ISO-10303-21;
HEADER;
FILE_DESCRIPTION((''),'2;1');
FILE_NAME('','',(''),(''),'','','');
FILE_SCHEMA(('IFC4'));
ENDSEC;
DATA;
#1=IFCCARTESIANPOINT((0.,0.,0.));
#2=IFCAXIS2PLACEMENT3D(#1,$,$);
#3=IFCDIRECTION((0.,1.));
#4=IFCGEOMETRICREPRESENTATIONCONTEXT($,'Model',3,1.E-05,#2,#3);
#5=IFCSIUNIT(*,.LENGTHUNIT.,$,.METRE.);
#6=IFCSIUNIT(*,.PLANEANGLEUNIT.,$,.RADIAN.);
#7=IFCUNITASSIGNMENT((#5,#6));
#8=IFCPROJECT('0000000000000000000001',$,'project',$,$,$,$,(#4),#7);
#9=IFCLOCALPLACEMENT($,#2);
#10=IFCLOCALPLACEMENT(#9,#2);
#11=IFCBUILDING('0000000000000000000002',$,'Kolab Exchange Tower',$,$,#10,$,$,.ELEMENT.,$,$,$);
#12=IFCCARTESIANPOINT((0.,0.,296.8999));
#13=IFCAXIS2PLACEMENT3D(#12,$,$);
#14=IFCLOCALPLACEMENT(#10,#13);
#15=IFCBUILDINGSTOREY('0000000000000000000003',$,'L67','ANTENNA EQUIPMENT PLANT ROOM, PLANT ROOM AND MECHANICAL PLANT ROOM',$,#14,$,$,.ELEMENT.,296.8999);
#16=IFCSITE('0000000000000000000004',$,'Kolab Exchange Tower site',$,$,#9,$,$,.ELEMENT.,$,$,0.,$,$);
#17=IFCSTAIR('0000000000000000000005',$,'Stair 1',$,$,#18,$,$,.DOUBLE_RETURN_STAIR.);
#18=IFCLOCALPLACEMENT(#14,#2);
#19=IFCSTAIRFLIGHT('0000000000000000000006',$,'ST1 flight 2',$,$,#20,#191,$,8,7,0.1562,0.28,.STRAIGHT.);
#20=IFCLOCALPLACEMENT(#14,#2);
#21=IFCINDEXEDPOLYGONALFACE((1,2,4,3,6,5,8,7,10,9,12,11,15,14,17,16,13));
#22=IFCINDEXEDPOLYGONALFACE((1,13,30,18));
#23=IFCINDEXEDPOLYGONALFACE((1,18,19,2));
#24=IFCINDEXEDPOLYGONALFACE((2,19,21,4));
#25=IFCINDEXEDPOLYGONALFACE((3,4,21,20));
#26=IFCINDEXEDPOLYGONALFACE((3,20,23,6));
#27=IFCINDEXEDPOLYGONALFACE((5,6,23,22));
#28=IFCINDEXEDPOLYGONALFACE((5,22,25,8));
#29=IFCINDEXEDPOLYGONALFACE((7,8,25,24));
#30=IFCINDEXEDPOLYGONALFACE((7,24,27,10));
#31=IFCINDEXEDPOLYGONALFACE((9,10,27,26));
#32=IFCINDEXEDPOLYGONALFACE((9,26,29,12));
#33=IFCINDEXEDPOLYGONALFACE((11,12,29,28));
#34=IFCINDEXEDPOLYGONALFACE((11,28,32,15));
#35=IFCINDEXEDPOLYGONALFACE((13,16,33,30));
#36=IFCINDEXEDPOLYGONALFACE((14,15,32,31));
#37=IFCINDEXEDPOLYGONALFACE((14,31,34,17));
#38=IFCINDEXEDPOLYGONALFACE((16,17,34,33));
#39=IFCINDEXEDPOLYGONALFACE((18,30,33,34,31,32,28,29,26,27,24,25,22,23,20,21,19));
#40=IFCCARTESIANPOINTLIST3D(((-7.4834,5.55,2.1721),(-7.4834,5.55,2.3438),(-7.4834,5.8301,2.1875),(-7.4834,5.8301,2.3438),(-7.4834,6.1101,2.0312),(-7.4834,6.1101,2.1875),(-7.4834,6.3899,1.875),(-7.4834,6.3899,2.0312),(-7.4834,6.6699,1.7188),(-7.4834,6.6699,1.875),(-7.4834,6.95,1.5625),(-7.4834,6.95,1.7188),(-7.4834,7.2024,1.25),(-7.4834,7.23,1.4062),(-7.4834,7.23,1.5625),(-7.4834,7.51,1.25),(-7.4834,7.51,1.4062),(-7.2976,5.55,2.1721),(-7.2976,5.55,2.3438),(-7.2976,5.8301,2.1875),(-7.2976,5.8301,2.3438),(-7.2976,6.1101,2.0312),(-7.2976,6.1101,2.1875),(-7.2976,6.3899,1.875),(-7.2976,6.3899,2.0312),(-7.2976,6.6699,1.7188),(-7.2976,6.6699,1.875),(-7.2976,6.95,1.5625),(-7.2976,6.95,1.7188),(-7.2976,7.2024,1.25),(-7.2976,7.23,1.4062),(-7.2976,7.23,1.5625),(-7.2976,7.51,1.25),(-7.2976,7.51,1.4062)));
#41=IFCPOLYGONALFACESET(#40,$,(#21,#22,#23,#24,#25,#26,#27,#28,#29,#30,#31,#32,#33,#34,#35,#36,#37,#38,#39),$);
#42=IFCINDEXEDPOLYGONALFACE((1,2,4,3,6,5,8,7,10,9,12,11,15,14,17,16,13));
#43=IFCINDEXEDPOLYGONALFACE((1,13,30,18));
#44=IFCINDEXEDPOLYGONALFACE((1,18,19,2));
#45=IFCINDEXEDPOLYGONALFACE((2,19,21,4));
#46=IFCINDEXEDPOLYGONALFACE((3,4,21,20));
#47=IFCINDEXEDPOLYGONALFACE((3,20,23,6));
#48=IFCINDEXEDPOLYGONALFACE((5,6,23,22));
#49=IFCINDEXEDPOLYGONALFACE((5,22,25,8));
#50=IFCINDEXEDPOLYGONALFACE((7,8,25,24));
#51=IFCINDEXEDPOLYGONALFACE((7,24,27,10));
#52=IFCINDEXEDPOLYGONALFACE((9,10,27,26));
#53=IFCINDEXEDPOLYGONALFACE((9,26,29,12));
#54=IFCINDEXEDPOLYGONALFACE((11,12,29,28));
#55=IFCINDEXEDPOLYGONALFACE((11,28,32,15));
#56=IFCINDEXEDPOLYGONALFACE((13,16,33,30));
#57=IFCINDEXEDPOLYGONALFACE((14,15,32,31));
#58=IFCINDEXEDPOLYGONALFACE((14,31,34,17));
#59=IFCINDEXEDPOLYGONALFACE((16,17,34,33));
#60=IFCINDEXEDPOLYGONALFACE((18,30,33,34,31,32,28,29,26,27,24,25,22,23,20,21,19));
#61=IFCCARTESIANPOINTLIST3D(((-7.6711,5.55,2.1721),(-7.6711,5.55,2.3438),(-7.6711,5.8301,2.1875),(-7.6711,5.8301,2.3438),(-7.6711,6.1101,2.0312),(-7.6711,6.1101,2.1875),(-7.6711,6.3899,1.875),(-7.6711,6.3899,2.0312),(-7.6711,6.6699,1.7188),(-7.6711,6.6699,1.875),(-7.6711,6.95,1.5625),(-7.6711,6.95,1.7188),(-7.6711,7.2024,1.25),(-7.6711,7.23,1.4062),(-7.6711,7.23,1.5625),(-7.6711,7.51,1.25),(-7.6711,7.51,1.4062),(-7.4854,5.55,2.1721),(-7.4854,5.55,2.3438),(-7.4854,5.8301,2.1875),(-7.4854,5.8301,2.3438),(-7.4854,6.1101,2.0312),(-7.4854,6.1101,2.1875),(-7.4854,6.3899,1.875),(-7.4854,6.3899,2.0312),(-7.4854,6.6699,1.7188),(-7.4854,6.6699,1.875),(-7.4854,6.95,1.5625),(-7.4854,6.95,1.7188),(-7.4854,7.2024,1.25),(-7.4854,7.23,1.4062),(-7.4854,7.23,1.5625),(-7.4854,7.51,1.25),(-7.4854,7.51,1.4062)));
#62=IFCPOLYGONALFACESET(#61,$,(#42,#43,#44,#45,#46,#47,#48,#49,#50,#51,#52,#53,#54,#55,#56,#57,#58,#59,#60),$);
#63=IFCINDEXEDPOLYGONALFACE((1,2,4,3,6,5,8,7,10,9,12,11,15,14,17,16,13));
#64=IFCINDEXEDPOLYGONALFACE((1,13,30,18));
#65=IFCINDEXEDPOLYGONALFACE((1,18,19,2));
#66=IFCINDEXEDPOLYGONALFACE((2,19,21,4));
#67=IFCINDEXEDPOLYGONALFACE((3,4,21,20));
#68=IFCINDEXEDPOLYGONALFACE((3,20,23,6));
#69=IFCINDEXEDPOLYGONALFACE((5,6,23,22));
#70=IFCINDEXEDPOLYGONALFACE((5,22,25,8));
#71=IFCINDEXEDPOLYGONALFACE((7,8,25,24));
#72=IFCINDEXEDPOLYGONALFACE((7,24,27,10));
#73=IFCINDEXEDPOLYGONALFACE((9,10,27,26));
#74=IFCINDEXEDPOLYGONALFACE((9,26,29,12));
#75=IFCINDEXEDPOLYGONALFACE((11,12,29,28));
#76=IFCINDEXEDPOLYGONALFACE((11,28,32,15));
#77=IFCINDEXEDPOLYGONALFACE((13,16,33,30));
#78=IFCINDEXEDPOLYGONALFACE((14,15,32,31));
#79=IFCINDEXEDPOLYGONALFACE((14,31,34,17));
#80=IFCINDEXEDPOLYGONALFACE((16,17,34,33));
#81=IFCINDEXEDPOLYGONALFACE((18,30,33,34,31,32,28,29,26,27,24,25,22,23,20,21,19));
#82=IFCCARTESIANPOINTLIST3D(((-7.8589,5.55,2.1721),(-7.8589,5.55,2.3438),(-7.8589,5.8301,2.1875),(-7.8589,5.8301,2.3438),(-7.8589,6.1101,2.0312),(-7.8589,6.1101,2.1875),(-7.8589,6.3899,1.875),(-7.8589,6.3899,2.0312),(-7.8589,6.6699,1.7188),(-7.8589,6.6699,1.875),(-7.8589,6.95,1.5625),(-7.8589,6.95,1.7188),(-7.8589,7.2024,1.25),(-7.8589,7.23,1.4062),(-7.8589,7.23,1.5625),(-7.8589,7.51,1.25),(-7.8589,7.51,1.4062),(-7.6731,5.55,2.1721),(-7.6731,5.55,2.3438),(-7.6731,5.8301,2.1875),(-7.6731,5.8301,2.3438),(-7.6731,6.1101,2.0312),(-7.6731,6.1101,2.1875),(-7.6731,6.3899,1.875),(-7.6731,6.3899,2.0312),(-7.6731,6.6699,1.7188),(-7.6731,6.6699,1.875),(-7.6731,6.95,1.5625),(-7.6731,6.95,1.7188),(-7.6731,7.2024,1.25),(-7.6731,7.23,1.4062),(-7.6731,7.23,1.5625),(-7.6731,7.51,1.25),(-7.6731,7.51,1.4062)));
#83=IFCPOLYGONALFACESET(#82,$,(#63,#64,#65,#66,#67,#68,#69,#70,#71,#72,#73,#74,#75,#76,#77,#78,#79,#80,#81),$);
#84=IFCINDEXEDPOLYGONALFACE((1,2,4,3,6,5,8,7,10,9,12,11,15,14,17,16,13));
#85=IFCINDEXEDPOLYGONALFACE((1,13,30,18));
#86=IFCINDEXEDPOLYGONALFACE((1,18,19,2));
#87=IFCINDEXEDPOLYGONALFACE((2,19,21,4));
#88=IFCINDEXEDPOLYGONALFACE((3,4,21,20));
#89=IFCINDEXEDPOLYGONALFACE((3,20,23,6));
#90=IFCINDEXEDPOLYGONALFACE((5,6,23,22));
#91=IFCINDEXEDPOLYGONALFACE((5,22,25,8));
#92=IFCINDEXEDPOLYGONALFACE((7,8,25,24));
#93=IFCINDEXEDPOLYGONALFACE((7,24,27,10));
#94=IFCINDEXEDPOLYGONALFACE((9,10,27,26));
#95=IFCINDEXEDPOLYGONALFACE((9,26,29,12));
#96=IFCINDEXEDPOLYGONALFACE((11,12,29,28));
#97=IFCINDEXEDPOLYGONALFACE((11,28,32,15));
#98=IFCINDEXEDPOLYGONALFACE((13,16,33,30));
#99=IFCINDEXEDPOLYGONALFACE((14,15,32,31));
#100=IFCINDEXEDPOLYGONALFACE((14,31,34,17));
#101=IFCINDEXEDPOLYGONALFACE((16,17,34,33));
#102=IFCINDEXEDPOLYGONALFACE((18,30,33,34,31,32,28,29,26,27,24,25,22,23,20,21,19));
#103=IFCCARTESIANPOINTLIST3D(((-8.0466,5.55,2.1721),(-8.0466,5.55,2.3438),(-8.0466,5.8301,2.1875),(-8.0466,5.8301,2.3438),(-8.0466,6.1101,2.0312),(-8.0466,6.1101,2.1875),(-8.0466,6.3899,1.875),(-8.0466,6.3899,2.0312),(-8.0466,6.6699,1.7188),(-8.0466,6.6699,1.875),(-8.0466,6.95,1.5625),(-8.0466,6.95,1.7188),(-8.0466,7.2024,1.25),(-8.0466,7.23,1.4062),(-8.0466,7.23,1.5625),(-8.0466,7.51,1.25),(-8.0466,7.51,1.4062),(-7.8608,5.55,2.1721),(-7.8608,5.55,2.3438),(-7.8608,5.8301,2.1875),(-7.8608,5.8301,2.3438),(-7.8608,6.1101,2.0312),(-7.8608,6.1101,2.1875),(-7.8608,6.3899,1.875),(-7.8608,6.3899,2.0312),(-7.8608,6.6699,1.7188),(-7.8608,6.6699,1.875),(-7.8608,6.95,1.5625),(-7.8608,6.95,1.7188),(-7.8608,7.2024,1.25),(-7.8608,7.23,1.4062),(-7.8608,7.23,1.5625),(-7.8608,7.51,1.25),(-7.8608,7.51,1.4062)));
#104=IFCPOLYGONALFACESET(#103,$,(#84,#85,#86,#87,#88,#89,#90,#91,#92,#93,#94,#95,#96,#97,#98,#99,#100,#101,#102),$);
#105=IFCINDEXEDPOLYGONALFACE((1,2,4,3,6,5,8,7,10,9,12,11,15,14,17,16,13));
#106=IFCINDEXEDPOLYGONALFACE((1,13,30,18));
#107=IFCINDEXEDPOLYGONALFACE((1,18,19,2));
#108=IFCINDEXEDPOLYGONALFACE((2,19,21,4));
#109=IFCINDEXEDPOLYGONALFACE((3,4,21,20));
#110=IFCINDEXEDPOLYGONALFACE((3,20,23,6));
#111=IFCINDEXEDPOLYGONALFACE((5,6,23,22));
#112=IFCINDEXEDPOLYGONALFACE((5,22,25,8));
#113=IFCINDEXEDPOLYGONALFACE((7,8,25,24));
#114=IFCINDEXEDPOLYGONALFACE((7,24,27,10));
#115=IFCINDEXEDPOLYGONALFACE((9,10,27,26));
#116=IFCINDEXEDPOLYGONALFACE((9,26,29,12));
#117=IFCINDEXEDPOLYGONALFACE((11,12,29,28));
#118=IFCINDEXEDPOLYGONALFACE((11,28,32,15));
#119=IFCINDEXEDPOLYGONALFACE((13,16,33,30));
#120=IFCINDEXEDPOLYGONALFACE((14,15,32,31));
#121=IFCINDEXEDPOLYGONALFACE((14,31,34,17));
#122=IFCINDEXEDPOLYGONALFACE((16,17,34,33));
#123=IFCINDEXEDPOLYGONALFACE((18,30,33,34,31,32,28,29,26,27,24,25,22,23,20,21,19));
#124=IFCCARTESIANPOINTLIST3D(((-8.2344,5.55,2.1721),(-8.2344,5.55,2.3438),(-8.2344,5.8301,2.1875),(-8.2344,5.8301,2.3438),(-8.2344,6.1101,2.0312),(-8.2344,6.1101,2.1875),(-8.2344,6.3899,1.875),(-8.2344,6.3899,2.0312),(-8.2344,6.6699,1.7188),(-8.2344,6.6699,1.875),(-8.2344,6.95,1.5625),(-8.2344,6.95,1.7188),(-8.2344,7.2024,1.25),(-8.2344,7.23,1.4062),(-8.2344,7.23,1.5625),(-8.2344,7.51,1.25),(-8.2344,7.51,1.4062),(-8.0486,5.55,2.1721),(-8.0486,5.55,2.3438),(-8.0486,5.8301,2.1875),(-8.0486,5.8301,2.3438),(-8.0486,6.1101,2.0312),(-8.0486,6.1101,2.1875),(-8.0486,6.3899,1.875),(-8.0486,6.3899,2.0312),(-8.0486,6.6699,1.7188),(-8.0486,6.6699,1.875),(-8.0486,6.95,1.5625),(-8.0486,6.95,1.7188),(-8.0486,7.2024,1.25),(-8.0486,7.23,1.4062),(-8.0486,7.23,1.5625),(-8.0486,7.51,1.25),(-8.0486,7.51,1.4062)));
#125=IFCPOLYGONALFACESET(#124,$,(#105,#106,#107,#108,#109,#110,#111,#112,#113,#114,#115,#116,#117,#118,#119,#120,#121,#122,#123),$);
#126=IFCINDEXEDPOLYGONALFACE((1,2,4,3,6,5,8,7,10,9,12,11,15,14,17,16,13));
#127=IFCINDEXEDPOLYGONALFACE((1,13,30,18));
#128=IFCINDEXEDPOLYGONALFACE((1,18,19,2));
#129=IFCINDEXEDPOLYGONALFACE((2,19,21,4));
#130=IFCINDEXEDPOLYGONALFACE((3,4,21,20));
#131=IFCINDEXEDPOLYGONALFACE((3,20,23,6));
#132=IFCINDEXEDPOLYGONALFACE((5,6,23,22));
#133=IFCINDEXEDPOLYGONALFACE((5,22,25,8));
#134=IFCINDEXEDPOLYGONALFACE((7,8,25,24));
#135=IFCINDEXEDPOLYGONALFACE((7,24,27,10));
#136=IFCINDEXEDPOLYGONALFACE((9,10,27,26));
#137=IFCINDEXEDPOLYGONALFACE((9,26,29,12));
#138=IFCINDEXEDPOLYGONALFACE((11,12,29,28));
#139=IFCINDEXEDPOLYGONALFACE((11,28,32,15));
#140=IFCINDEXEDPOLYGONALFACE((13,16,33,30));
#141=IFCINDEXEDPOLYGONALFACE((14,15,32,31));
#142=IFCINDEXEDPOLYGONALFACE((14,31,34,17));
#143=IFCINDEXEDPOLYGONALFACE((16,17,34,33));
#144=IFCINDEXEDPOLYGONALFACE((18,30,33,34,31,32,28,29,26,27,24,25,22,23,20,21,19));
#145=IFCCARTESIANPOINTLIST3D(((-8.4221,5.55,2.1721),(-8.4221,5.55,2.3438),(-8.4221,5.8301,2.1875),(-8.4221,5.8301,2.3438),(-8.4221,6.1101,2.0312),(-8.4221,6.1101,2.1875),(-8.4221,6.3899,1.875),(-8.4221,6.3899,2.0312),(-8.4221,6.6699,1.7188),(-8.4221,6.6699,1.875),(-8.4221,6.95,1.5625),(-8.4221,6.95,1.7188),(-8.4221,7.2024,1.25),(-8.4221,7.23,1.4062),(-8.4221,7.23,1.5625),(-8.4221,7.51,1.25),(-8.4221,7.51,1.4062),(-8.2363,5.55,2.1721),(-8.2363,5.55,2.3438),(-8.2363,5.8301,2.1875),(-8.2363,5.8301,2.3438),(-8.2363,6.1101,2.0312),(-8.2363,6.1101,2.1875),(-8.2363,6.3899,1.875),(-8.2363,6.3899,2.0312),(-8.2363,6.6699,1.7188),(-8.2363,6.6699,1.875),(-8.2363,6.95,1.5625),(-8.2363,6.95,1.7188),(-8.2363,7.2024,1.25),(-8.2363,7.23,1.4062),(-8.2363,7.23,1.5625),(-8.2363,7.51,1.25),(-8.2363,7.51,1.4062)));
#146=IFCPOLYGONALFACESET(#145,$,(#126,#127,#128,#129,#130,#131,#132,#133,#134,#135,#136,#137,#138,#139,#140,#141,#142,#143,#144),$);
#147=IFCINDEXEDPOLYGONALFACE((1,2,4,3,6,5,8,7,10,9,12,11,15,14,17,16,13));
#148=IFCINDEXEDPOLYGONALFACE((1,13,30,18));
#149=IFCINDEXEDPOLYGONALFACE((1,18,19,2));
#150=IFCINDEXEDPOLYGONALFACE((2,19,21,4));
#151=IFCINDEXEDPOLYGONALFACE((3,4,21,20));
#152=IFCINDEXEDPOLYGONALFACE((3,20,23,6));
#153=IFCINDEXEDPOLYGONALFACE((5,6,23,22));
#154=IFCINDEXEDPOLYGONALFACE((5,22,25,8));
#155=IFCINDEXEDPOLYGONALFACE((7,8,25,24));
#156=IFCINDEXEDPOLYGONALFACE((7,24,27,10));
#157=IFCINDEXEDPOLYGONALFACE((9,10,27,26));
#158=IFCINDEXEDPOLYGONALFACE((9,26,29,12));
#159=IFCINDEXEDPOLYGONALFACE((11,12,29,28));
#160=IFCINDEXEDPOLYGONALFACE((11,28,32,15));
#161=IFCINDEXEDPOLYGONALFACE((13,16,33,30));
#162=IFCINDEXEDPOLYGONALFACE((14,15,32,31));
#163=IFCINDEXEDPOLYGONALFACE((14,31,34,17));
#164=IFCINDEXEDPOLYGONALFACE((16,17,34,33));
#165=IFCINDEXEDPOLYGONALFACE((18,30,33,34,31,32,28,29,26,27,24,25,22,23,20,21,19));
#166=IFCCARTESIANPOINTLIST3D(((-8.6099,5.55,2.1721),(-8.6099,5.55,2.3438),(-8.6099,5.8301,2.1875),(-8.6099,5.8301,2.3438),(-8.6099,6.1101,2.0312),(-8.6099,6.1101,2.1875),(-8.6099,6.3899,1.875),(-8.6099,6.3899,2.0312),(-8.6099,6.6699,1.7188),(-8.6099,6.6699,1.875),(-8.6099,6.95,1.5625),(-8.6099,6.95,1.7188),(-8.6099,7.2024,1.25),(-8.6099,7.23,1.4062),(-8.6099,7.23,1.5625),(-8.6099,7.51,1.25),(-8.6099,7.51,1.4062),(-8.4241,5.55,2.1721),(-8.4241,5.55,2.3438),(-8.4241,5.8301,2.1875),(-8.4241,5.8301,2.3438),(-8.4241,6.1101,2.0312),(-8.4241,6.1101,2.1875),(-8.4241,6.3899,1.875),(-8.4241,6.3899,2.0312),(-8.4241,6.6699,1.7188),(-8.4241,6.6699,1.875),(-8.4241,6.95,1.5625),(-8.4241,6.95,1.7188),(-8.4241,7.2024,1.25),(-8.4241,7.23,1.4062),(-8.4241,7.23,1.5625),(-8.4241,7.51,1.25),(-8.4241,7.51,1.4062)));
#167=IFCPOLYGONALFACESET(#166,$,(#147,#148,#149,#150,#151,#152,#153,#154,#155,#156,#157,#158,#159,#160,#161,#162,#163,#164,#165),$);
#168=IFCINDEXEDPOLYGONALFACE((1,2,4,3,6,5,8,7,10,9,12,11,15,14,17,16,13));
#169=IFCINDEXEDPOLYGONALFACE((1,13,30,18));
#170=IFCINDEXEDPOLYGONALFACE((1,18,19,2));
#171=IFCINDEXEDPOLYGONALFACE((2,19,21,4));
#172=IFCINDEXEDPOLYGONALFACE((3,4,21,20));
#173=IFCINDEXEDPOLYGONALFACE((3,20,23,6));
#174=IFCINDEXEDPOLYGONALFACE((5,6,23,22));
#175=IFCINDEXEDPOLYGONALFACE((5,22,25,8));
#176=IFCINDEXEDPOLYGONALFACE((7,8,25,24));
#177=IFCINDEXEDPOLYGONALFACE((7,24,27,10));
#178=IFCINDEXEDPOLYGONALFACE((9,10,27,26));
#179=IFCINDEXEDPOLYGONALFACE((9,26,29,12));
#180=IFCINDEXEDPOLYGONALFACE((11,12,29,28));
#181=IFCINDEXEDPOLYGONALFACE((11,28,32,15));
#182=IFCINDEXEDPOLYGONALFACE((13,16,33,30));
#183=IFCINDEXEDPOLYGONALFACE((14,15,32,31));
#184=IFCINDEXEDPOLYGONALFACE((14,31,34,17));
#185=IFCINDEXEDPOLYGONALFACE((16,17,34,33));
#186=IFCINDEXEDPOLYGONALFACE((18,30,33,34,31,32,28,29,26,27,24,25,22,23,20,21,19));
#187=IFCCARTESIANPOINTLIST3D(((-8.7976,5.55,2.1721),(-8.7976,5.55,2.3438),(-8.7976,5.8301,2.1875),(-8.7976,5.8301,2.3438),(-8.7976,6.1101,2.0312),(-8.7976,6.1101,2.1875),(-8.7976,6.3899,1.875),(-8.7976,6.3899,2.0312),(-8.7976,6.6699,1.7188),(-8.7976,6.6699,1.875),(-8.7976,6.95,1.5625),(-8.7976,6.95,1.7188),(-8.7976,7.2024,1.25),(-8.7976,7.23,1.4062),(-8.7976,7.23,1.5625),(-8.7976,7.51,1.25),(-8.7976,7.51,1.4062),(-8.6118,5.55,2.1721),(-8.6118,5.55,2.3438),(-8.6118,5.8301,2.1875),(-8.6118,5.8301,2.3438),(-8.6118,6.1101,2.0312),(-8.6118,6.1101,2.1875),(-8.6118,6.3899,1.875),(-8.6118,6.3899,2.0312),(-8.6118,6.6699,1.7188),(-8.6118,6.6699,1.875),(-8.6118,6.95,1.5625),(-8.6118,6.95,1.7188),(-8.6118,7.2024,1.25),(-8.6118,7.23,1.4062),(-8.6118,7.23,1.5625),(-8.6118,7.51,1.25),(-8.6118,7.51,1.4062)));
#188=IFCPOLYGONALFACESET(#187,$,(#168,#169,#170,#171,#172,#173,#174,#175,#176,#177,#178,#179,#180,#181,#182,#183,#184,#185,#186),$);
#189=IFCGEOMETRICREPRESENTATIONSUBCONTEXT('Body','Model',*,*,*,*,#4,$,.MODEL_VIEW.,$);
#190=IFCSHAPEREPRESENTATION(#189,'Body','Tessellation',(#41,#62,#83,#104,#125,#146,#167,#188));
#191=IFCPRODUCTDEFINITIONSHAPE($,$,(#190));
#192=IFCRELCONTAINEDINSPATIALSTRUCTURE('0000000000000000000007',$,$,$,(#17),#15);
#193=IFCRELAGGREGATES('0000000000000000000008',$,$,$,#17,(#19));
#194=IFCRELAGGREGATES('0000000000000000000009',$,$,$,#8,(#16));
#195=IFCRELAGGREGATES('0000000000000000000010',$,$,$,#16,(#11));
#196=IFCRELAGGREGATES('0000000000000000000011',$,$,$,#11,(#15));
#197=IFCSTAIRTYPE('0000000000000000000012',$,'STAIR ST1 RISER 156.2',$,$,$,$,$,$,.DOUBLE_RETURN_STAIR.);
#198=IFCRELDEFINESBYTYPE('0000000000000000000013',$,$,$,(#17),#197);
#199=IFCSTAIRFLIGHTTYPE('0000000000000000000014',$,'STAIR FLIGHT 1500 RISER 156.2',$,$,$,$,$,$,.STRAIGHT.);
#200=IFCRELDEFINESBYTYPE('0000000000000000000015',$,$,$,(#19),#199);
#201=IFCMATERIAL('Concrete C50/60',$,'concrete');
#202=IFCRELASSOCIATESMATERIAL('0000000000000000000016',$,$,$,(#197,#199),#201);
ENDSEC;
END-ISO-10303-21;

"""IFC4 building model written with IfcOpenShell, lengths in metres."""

from ifc_helpers import new_model, si_unit, direction, frame, origin, place, context, subcontext, project, spatial, polyline, outline, extrude, material, type_object, element, aggregate, save


model = new_model("IFC4")

# Units and contexts
model_context = context("Model", 3, precision=1e-05, world=origin(), true_north=direction((0.0, 1.0)))
body_context = subcontext(model_context, "Body", "Model", "MODEL_VIEW")
ifc_project = project(units=[si_unit("LENGTHUNIT", "METRE"), si_unit("PLANEANGLEUNIT", "RADIAN")], contexts=[model_context])

# Site, building, storey
site_placement = place(None, origin())
site = spatial("IfcSite", under=ifc_project, at=site_placement, Name="Kolab Exchange Tower site", CompositionType="ELEMENT", RefElevation=0.0)
building_placement = place(site_placement, origin())
building = spatial("IfcBuilding", under=site, at=building_placement, Name="Kolab Exchange Tower", CompositionType="ELEMENT")
storey_placement = place(building_placement, frame((0.0, 0.0, 296.8999)))
storey = spatial("IfcBuildingStorey", under=building, at=storey_placement, Name="L67", Description="ANTENNA EQUIPMENT PLANT ROOM, PLANT ROOM AND MECHANICAL PLANT ROOM", CompositionType="ELEMENT", Elevation=296.8999)

# Shared definitions
ifc_material_1 = material(Name="Concrete C50/60", Category="concrete")

# Stair, stair flight
stair_type = type_object("IfcStairType", Name="STAIR ST1 RISER 156.2", PredefinedType="DOUBLE_RETURN_STAIR", material=ifc_material_1)
stair_placement = place(storey_placement, origin())
stair = element("IfcStair", 1, at=stair_placement, inside=storey, type_object=stair_type, Name="Stair 1", PredefinedType="DOUBLE_RETURN_STAIR")
stair_flight_type = type_object("IfcStairFlightType", Name="STAIR FLIGHT 1500 RISER 156.2", PredefinedType="STRAIGHT", material=ifc_material_1)
stair_flight_1_placement = place(storey_placement, frame((-8.0476, 7.51, 1.25), z_axis=(0.0, 0.0, 1.0), x_axis=(0.0, -1.0, 0.0)))
stair_flight_1 = element("IfcStairFlight", 2, at=stair_flight_1_placement, type_object=stair_flight_type, Name="ST1 flight 2", NumberOfRisers=8, NumberOfTreads=7, PredefinedType="STRAIGHT", RiserHeight=0.1562, TreadLength=0.28, context=body_context, shape_type="SweptSolid", body=[
    extrude(outline(polyline([(0.0, 0.0), (0.0, 0.1562), (0.28, 0.1562), (0.28, 0.3125), (0.5601, 0.3125), (0.5601, 0.4688), (0.8401, 0.4688), (0.8401, 0.625), (1.1201, 0.625), (1.1201, 0.7812), (1.3999, 0.7812), (1.3999, 0.9375), (1.6799, 0.9375), (1.6799, 1.0938), (1.96, 1.0938), (1.96, 1.25), (1.96, 0.9221), (0.3076, 0.0), (0.0, 0.0)])), frame((0.0, 0.75, 0.0), z_axis=(0.0, -1.0, 0.0), x_axis=(1.0, 0.0, 0.0)), (0.0, 0.0, 1.0), 0.1858),
    extrude(outline(polyline([(0.0, 0.0), (0.0, 0.1562), (0.28, 0.1562), (0.28, 0.3125), (0.5601, 0.3125), (0.5601, 0.4688), (0.8401, 0.4688), (0.8401, 0.625), (1.1201, 0.625), (1.1201, 0.7812), (1.3999, 0.7812), (1.3999, 0.9375), (1.6799, 0.9375), (1.6799, 1.0938), (1.96, 1.0938), (1.96, 1.25), (1.96, 0.9221), (0.3076, 0.0), (0.0, 0.0)])), frame((0.0, 0.5623, 0.0), z_axis=(0.0, -1.0, 0.0), x_axis=(1.0, 0.0, 0.0)), (0.0, 0.0, 1.0), 0.1858),
    extrude(outline(polyline([(0.0, 0.0), (0.0, 0.1562), (0.28, 0.1562), (0.28, 0.3125), (0.5601, 0.3125), (0.5601, 0.4688), (0.8401, 0.4688), (0.8401, 0.625), (1.1201, 0.625), (1.1201, 0.7812), (1.3999, 0.7812), (1.3999, 0.9375), (1.6799, 0.9375), (1.6799, 1.0938), (1.96, 1.0938), (1.96, 1.25), (1.96, 0.9221), (0.3076, 0.0), (0.0, 0.0)])), frame((0.0, 0.3745, 0.0), z_axis=(0.0, -1.0, 0.0), x_axis=(1.0, 0.0, 0.0)), (0.0, 0.0, 1.0), 0.1858),
    extrude(outline(polyline([(0.0, 0.0), (0.0, 0.1562), (0.28, 0.1562), (0.28, 0.3125), (0.5601, 0.3125), (0.5601, 0.4688), (0.8401, 0.4688), (0.8401, 0.625), (1.1201, 0.625), (1.1201, 0.7812), (1.3999, 0.7812), (1.3999, 0.9375), (1.6799, 0.9375), (1.6799, 1.0938), (1.96, 1.0938), (1.96, 1.25), (1.96, 0.9221), (0.3076, 0.0), (0.0, 0.0)])), frame((0.0, 0.1868, 0.0), z_axis=(0.0, -1.0, 0.0), x_axis=(1.0, 0.0, 0.0)), (0.0, 0.0, 1.0), 0.1858),
    extrude(outline(polyline([(0.0, 0.0), (0.0, 0.1562), (0.28, 0.1562), (0.28, 0.3125), (0.5601, 0.3125), (0.5601, 0.4688), (0.8401, 0.4688), (0.8401, 0.625), (1.1201, 0.625), (1.1201, 0.7812), (1.3999, 0.7812), (1.3999, 0.9375), (1.6799, 0.9375), (1.6799, 1.0938), (1.96, 1.0938), (1.96, 1.25), (1.96, 0.9221), (0.3076, 0.0), (0.0, 0.0)])), frame((0.0, -0.001, 0.0), z_axis=(0.0, -1.0, 0.0), x_axis=(1.0, 0.0, 0.0)), (0.0, 0.0, 1.0), 0.1858),
    extrude(outline(polyline([(0.0, 0.0), (0.0, 0.1562), (0.28, 0.1562), (0.28, 0.3125), (0.5601, 0.3125), (0.5601, 0.4688), (0.8401, 0.4688), (0.8401, 0.625), (1.1201, 0.625), (1.1201, 0.7812), (1.3999, 0.7812), (1.3999, 0.9375), (1.6799, 0.9375), (1.6799, 1.0938), (1.96, 1.0938), (1.96, 1.25), (1.96, 0.9221), (0.3076, 0.0), (0.0, 0.0)])), frame((0.0, -0.1887, 0.0), z_axis=(0.0, -1.0, 0.0), x_axis=(1.0, 0.0, 0.0)), (0.0, 0.0, 1.0), 0.1858),
    extrude(outline(polyline([(0.0, 0.0), (0.0, 0.1562), (0.28, 0.1562), (0.28, 0.3125), (0.5601, 0.3125), (0.5601, 0.4688), (0.8401, 0.4688), (0.8401, 0.625), (1.1201, 0.625), (1.1201, 0.7812), (1.3999, 0.7812), (1.3999, 0.9375), (1.6799, 0.9375), (1.6799, 1.0938), (1.96, 1.0938), (1.96, 1.25), (1.96, 0.9221), (0.3076, 0.0), (0.0, 0.0)])), frame((0.0, -0.3765, 0.0), z_axis=(0.0, -1.0, 0.0), x_axis=(1.0, 0.0, 0.0)), (0.0, 0.0, 1.0), 0.1858),
    extrude(outline(polyline([(0.0, 0.0), (0.0, 0.1562), (0.28, 0.1562), (0.28, 0.3125), (0.5601, 0.3125), (0.5601, 0.4688), (0.8401, 0.4688), (0.8401, 0.625), (1.1201, 0.625), (1.1201, 0.7812), (1.3999, 0.7812), (1.3999, 0.9375), (1.6799, 0.9375), (1.6799, 1.0938), (1.96, 1.0938), (1.96, 1.25), (1.96, 0.9221), (0.3076, 0.0), (0.0, 0.0)])), frame((0.0, -0.5642, 0.0), z_axis=(0.0, -1.0, 0.0), x_axis=(1.0, 0.0, 0.0)), (0.0, 0.0, 1.0), 0.1858),
])
aggregate(stair, [stair_flight_1])

save(model, "model.ifc")
